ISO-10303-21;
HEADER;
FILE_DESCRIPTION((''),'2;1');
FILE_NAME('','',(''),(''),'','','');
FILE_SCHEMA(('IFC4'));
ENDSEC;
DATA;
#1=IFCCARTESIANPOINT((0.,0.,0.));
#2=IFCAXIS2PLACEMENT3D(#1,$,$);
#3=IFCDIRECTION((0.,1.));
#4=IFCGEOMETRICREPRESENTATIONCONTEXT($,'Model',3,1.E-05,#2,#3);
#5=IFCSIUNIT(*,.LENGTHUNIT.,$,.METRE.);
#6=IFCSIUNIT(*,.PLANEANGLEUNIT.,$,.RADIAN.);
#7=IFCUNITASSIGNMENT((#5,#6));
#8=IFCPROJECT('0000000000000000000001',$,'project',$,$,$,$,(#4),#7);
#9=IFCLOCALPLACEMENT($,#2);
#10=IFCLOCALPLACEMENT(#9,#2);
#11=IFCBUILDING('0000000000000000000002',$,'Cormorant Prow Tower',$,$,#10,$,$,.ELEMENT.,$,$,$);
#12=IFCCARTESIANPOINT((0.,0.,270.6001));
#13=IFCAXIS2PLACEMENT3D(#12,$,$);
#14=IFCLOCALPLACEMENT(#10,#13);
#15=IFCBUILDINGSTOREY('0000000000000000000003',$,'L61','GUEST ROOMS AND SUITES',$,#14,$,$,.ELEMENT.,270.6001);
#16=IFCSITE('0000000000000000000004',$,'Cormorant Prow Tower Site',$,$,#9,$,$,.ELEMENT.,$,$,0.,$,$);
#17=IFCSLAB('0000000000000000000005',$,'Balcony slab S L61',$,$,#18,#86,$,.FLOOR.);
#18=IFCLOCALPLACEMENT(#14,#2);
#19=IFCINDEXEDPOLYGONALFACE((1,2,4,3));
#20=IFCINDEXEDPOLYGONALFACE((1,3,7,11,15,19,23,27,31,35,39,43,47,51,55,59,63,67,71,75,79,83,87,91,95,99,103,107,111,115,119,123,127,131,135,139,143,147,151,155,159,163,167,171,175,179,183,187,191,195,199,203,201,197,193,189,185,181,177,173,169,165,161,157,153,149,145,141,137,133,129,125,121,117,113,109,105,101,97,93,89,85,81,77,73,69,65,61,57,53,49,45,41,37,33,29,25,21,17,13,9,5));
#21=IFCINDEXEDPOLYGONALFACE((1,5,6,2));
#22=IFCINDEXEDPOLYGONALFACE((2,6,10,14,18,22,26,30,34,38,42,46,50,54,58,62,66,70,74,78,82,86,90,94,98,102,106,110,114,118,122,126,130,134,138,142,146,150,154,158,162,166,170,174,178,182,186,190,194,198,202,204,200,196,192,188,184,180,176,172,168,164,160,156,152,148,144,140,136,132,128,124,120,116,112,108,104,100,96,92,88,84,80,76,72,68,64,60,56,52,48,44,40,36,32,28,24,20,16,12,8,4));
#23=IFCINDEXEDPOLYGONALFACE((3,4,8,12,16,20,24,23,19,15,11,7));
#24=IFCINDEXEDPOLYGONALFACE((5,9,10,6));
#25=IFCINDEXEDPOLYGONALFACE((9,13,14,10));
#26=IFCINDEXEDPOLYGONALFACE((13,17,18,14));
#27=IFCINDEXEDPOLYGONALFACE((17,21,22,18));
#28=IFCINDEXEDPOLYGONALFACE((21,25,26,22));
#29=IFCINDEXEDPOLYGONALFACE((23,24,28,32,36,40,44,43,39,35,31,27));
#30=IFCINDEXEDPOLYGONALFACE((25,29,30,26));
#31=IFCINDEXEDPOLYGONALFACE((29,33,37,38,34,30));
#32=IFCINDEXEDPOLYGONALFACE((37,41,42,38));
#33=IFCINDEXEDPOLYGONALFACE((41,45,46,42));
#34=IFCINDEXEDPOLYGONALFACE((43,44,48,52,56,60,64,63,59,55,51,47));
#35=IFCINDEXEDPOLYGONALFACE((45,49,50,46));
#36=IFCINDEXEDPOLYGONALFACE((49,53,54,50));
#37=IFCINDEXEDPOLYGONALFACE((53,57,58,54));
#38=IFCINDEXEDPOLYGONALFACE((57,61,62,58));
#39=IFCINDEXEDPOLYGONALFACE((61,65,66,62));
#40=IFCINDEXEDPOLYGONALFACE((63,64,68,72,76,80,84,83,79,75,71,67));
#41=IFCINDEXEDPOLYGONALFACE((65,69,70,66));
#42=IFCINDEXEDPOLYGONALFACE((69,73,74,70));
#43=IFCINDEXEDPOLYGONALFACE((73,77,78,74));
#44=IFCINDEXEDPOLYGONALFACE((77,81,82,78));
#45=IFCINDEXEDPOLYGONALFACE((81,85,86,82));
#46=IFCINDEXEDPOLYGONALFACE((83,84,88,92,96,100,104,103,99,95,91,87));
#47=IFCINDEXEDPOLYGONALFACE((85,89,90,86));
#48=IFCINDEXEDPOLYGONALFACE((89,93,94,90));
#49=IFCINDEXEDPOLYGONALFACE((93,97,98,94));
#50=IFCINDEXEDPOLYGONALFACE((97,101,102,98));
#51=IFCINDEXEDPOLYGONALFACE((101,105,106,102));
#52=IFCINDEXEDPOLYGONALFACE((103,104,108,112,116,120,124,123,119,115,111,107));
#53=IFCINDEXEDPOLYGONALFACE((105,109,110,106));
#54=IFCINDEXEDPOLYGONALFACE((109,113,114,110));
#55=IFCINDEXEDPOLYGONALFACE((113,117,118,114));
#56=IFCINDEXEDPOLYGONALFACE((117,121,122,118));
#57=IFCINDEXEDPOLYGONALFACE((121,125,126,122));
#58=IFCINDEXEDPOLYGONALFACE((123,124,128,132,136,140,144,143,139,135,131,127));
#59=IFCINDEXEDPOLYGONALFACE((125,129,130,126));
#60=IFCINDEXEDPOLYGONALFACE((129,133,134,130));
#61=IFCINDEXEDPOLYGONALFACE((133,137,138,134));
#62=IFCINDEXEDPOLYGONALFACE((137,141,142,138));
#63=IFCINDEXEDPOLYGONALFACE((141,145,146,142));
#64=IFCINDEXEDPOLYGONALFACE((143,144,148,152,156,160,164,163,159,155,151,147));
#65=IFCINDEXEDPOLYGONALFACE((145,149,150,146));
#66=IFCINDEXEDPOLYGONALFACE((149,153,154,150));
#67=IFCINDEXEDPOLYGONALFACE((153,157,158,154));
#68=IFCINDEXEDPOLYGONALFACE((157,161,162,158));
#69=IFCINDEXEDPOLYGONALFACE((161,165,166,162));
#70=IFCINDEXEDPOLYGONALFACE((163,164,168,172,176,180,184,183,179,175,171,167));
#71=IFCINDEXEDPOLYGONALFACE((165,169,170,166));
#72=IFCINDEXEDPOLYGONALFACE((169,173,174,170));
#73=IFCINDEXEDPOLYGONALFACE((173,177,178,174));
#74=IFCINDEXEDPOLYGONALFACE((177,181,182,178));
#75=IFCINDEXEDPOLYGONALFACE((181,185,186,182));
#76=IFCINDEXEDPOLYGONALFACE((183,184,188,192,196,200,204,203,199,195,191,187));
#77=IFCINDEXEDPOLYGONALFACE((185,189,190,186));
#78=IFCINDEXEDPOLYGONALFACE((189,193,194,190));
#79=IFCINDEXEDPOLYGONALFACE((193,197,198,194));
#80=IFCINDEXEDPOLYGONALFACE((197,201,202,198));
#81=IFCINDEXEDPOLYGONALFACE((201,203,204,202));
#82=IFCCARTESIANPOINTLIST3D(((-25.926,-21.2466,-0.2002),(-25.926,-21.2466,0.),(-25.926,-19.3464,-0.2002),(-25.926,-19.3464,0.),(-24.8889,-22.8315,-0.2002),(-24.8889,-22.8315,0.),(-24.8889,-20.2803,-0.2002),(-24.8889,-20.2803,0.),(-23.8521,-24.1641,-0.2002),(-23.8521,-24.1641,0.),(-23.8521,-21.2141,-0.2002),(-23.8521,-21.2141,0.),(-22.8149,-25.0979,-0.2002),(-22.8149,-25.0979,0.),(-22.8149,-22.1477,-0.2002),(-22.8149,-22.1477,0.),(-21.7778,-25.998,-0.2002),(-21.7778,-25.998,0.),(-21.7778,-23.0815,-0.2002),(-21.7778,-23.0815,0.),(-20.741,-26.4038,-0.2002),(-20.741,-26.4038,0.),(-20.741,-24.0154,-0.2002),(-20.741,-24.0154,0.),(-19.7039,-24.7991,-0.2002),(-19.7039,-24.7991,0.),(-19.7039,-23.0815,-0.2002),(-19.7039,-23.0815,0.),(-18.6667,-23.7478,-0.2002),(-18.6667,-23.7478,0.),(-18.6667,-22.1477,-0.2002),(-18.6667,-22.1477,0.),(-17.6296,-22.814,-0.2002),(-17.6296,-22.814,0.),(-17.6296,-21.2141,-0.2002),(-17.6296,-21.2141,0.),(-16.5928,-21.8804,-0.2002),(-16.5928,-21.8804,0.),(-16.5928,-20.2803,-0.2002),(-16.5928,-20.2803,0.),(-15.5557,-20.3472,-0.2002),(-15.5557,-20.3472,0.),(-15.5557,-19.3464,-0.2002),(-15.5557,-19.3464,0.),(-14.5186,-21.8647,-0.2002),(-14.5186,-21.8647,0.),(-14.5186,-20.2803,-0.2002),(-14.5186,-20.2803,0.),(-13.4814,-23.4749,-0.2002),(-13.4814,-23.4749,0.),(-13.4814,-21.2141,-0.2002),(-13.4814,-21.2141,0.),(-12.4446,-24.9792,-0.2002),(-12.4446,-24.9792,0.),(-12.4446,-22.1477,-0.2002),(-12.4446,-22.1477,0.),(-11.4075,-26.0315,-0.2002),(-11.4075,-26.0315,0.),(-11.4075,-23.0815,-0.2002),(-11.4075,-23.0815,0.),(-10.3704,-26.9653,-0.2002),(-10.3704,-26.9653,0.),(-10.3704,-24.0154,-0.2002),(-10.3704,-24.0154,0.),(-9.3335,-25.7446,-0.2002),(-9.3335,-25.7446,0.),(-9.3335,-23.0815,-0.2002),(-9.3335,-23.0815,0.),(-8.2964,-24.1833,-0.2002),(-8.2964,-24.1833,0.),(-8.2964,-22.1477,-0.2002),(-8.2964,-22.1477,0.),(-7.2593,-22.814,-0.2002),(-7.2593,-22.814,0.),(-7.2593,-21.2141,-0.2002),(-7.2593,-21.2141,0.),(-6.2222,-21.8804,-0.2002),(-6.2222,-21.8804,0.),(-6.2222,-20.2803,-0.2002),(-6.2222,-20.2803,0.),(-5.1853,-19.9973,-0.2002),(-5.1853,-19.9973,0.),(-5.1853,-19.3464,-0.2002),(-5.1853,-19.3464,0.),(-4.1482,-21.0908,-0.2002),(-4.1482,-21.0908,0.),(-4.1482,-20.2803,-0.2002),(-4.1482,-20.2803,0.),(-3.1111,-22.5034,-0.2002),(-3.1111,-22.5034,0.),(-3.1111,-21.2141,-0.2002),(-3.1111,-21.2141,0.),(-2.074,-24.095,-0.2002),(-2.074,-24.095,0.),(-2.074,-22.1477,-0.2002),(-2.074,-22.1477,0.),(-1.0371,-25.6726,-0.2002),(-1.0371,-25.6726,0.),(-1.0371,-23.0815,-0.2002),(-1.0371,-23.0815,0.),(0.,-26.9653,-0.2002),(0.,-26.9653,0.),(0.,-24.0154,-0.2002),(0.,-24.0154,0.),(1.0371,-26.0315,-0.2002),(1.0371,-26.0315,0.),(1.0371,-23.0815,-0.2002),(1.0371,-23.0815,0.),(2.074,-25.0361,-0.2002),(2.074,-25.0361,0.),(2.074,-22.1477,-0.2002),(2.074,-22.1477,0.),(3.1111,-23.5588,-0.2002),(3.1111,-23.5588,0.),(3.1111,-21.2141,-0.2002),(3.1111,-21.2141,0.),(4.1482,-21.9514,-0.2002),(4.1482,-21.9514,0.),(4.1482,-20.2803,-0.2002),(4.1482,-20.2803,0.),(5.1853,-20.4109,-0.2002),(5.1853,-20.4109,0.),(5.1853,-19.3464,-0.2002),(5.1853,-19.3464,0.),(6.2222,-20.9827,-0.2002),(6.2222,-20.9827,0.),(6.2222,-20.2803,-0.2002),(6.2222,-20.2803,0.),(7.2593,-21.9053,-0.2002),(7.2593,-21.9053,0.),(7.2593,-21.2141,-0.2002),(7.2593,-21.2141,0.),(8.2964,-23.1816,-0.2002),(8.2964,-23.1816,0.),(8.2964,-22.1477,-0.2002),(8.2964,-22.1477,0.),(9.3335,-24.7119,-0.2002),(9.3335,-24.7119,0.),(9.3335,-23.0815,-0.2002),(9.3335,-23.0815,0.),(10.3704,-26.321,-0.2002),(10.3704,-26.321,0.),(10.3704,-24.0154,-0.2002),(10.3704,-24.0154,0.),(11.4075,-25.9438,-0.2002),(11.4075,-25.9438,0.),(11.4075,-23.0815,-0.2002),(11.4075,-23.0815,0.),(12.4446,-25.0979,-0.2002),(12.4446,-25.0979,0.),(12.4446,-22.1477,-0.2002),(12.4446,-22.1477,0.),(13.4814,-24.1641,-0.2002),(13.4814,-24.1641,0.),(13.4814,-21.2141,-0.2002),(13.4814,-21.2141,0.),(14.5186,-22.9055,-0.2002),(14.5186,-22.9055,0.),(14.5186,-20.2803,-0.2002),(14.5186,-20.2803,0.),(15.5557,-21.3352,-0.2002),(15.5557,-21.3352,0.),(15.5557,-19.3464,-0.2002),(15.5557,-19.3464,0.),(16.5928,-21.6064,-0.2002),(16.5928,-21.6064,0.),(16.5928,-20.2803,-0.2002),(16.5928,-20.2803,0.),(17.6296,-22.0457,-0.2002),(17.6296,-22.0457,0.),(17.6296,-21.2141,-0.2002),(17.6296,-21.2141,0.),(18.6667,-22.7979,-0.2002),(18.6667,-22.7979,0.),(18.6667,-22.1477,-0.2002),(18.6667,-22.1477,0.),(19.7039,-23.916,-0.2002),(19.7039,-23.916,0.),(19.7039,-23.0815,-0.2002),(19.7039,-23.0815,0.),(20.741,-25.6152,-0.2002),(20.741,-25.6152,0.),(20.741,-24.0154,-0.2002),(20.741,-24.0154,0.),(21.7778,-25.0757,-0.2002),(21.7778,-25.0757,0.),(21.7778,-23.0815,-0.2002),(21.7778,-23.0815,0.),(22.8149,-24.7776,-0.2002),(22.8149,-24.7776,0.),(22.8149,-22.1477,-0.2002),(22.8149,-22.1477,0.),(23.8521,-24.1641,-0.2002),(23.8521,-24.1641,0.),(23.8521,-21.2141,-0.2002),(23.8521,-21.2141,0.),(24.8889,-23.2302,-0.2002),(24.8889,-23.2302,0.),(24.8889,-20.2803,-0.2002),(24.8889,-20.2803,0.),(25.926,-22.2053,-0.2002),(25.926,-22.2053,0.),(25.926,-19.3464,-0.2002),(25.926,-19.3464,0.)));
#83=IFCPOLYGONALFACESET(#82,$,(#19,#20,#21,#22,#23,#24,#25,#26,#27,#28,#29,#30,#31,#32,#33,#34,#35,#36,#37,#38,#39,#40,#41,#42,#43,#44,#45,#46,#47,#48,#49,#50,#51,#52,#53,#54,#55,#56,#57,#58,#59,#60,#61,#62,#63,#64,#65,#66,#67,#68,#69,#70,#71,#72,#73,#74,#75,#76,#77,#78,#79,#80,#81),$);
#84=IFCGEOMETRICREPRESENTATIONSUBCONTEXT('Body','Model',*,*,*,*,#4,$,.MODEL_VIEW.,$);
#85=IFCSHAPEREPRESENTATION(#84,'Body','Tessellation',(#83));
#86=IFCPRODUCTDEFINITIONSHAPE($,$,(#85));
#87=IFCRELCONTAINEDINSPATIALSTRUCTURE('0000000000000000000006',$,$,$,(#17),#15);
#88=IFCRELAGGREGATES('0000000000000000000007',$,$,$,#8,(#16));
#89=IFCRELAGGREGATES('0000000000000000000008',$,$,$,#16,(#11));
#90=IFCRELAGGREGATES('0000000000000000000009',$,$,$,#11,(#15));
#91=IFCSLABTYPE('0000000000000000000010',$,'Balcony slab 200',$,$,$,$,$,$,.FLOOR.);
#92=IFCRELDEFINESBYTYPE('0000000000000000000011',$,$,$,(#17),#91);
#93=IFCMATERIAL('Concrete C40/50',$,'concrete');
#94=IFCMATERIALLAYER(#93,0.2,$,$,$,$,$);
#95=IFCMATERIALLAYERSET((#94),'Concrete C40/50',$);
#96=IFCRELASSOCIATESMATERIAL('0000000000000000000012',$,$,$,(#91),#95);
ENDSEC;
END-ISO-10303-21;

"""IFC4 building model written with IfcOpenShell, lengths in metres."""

from ifc_helpers import new_model, si_unit, direction, frame, origin, place, context, subcontext, project, spatial, polyline, outline, extrude, material, layer, layer_set, type_object, element, save


model = new_model("IFC4")

# Units and contexts
model_context = context("Model", 3, precision=1e-05, world=origin(), true_north=direction((0.0, 1.0)))
body_context = subcontext(model_context, "Body", "Model", "MODEL_VIEW")
ifc_project = project(units=[si_unit("LENGTHUNIT", "METRE"), si_unit("PLANEANGLEUNIT", "RADIAN")], contexts=[model_context])

# Site, building, storey
site_placement = place(None, origin())
site = spatial("IfcSite", under=ifc_project, at=site_placement, Name="Cormorant Prow Tower Site", CompositionType="ELEMENT", RefElevation=0.0)
building_placement = place(site_placement, origin())
building = spatial("IfcBuilding", under=site, at=building_placement, Name="Cormorant Prow Tower", CompositionType="ELEMENT")
storey_placement = place(building_placement, frame((0.0, 0.0, 270.6001)))
storey = spatial("IfcBuildingStorey", under=building, at=storey_placement, Name="L61", Description="GUEST ROOMS AND SUITES", CompositionType="ELEMENT", Elevation=270.6001)

# Slab
ifc_material_1 = material(Name="Concrete C40/50", Category="concrete")
ifc_layer_1 = layer(ifc_material_1, 0.2)
ifc_layer_set_1 = layer_set([ifc_layer_1], Name="Concrete C40/50")
slab_type_1 = type_object("IfcSlabType", Name="Balcony slab 200", PredefinedType="FLOOR", material=ifc_layer_set_1)
slab_1_placement = place(storey_placement, frame((0.0, 0.0, -0.2002)))
element("IfcSlab", 1, at=slab_1_placement, inside=storey, type_object=slab_type_1, Name="Balcony slab S L61", PredefinedType="FLOOR", context=body_context, shape_type="SweptSolid", body=[
    extrude(outline(polyline([(-25.926, -19.3464), (-25.926, -21.2466), (-24.8889, -22.8315), (-23.8521, -24.1641), (-22.8149, -25.0979), (-21.7778, -25.998), (-20.741, -26.4038), (-19.7039, -24.7991), (-18.6667, -23.7478), (-17.6296, -22.814), (-16.5928, -21.8804), (-15.5557, -20.3472), (-14.5186, -21.8647), (-13.4814, -23.4749), (-12.4446, -24.9792), (-11.4075, -26.0315), (-10.3704, -26.9653), (-9.3335, -25.7446), (-8.2964, -24.1833), (-7.2593, -22.814), (-6.2222, -21.8804), (-5.1853, -19.9973), (-4.1482, -21.0908), (-3.1111, -22.5034), (-2.074, -24.095), (-1.0371, -25.6726), (0.0, -26.9653), (1.0371, -26.0315), (2.074, -25.0361), (3.1111, -23.5588), (4.1482, -21.9514), (5.1853, -20.4109), (6.2222, -20.9827), (7.2593, -21.9053), (8.2964, -23.1816), (9.3335, -24.7119), (10.3704, -26.321), (11.4075, -25.9438), (12.4446, -25.0979), (13.4814, -24.1641), (14.5186, -22.9055), (15.5557, -21.3352), (16.5928, -21.6064), (17.6296, -22.0457), (18.6667, -22.7979), (19.7039, -23.916), (20.741, -25.6152), (21.7778, -25.0757), (22.8149, -24.7776), (23.8521, -24.1641), (24.8889, -23.2302), (25.926, -22.2053), (25.926, -19.3464), (24.8889, -20.2803), (23.8521, -21.2141), (22.8149, -22.1477), (21.7778, -23.0815), (20.741, -24.0154), (19.7039, -23.0815), (18.6667, -22.1477), (17.6296, -21.2141), (16.5928, -20.2803), (15.5557, -19.3464), (14.5186, -20.2803), (13.4814, -21.2141), (12.4446, -22.1477), (11.4075, -23.0815), (10.3704, -24.0154), (9.3335, -23.0815), (8.2964, -22.1477), (7.2593, -21.2141), (6.2222, -20.2803), (5.1853, -19.3464), (4.1482, -20.2803), (3.1111, -21.2141), (2.074, -22.1477), (1.0371, -23.0815), (0.0, -24.0154), (-1.0371, -23.0815), (-2.074, -22.1477), (-3.1111, -21.2141), (-4.1482, -20.2803), (-5.1853, -19.3464), (-6.2222, -20.2803), (-7.2593, -21.2141), (-8.2964, -22.1477), (-9.3335, -23.0815), (-10.3704, -24.0154), (-11.4075, -23.0815), (-12.4446, -22.1477), (-13.4814, -21.2141), (-14.5186, -20.2803), (-15.5557, -19.3464), (-16.5928, -20.2803), (-17.6296, -21.2141), (-18.6667, -22.1477), (-19.7039, -23.0815), (-20.741, -24.0154), (-21.7778, -23.0815), (-22.8149, -22.1477), (-23.8521, -21.2141), (-24.8889, -20.2803), (-25.926, -19.3464)])), origin(), (0.0, 0.0, 1.0), 0.2002),
])

save(model, "model.ifc")
